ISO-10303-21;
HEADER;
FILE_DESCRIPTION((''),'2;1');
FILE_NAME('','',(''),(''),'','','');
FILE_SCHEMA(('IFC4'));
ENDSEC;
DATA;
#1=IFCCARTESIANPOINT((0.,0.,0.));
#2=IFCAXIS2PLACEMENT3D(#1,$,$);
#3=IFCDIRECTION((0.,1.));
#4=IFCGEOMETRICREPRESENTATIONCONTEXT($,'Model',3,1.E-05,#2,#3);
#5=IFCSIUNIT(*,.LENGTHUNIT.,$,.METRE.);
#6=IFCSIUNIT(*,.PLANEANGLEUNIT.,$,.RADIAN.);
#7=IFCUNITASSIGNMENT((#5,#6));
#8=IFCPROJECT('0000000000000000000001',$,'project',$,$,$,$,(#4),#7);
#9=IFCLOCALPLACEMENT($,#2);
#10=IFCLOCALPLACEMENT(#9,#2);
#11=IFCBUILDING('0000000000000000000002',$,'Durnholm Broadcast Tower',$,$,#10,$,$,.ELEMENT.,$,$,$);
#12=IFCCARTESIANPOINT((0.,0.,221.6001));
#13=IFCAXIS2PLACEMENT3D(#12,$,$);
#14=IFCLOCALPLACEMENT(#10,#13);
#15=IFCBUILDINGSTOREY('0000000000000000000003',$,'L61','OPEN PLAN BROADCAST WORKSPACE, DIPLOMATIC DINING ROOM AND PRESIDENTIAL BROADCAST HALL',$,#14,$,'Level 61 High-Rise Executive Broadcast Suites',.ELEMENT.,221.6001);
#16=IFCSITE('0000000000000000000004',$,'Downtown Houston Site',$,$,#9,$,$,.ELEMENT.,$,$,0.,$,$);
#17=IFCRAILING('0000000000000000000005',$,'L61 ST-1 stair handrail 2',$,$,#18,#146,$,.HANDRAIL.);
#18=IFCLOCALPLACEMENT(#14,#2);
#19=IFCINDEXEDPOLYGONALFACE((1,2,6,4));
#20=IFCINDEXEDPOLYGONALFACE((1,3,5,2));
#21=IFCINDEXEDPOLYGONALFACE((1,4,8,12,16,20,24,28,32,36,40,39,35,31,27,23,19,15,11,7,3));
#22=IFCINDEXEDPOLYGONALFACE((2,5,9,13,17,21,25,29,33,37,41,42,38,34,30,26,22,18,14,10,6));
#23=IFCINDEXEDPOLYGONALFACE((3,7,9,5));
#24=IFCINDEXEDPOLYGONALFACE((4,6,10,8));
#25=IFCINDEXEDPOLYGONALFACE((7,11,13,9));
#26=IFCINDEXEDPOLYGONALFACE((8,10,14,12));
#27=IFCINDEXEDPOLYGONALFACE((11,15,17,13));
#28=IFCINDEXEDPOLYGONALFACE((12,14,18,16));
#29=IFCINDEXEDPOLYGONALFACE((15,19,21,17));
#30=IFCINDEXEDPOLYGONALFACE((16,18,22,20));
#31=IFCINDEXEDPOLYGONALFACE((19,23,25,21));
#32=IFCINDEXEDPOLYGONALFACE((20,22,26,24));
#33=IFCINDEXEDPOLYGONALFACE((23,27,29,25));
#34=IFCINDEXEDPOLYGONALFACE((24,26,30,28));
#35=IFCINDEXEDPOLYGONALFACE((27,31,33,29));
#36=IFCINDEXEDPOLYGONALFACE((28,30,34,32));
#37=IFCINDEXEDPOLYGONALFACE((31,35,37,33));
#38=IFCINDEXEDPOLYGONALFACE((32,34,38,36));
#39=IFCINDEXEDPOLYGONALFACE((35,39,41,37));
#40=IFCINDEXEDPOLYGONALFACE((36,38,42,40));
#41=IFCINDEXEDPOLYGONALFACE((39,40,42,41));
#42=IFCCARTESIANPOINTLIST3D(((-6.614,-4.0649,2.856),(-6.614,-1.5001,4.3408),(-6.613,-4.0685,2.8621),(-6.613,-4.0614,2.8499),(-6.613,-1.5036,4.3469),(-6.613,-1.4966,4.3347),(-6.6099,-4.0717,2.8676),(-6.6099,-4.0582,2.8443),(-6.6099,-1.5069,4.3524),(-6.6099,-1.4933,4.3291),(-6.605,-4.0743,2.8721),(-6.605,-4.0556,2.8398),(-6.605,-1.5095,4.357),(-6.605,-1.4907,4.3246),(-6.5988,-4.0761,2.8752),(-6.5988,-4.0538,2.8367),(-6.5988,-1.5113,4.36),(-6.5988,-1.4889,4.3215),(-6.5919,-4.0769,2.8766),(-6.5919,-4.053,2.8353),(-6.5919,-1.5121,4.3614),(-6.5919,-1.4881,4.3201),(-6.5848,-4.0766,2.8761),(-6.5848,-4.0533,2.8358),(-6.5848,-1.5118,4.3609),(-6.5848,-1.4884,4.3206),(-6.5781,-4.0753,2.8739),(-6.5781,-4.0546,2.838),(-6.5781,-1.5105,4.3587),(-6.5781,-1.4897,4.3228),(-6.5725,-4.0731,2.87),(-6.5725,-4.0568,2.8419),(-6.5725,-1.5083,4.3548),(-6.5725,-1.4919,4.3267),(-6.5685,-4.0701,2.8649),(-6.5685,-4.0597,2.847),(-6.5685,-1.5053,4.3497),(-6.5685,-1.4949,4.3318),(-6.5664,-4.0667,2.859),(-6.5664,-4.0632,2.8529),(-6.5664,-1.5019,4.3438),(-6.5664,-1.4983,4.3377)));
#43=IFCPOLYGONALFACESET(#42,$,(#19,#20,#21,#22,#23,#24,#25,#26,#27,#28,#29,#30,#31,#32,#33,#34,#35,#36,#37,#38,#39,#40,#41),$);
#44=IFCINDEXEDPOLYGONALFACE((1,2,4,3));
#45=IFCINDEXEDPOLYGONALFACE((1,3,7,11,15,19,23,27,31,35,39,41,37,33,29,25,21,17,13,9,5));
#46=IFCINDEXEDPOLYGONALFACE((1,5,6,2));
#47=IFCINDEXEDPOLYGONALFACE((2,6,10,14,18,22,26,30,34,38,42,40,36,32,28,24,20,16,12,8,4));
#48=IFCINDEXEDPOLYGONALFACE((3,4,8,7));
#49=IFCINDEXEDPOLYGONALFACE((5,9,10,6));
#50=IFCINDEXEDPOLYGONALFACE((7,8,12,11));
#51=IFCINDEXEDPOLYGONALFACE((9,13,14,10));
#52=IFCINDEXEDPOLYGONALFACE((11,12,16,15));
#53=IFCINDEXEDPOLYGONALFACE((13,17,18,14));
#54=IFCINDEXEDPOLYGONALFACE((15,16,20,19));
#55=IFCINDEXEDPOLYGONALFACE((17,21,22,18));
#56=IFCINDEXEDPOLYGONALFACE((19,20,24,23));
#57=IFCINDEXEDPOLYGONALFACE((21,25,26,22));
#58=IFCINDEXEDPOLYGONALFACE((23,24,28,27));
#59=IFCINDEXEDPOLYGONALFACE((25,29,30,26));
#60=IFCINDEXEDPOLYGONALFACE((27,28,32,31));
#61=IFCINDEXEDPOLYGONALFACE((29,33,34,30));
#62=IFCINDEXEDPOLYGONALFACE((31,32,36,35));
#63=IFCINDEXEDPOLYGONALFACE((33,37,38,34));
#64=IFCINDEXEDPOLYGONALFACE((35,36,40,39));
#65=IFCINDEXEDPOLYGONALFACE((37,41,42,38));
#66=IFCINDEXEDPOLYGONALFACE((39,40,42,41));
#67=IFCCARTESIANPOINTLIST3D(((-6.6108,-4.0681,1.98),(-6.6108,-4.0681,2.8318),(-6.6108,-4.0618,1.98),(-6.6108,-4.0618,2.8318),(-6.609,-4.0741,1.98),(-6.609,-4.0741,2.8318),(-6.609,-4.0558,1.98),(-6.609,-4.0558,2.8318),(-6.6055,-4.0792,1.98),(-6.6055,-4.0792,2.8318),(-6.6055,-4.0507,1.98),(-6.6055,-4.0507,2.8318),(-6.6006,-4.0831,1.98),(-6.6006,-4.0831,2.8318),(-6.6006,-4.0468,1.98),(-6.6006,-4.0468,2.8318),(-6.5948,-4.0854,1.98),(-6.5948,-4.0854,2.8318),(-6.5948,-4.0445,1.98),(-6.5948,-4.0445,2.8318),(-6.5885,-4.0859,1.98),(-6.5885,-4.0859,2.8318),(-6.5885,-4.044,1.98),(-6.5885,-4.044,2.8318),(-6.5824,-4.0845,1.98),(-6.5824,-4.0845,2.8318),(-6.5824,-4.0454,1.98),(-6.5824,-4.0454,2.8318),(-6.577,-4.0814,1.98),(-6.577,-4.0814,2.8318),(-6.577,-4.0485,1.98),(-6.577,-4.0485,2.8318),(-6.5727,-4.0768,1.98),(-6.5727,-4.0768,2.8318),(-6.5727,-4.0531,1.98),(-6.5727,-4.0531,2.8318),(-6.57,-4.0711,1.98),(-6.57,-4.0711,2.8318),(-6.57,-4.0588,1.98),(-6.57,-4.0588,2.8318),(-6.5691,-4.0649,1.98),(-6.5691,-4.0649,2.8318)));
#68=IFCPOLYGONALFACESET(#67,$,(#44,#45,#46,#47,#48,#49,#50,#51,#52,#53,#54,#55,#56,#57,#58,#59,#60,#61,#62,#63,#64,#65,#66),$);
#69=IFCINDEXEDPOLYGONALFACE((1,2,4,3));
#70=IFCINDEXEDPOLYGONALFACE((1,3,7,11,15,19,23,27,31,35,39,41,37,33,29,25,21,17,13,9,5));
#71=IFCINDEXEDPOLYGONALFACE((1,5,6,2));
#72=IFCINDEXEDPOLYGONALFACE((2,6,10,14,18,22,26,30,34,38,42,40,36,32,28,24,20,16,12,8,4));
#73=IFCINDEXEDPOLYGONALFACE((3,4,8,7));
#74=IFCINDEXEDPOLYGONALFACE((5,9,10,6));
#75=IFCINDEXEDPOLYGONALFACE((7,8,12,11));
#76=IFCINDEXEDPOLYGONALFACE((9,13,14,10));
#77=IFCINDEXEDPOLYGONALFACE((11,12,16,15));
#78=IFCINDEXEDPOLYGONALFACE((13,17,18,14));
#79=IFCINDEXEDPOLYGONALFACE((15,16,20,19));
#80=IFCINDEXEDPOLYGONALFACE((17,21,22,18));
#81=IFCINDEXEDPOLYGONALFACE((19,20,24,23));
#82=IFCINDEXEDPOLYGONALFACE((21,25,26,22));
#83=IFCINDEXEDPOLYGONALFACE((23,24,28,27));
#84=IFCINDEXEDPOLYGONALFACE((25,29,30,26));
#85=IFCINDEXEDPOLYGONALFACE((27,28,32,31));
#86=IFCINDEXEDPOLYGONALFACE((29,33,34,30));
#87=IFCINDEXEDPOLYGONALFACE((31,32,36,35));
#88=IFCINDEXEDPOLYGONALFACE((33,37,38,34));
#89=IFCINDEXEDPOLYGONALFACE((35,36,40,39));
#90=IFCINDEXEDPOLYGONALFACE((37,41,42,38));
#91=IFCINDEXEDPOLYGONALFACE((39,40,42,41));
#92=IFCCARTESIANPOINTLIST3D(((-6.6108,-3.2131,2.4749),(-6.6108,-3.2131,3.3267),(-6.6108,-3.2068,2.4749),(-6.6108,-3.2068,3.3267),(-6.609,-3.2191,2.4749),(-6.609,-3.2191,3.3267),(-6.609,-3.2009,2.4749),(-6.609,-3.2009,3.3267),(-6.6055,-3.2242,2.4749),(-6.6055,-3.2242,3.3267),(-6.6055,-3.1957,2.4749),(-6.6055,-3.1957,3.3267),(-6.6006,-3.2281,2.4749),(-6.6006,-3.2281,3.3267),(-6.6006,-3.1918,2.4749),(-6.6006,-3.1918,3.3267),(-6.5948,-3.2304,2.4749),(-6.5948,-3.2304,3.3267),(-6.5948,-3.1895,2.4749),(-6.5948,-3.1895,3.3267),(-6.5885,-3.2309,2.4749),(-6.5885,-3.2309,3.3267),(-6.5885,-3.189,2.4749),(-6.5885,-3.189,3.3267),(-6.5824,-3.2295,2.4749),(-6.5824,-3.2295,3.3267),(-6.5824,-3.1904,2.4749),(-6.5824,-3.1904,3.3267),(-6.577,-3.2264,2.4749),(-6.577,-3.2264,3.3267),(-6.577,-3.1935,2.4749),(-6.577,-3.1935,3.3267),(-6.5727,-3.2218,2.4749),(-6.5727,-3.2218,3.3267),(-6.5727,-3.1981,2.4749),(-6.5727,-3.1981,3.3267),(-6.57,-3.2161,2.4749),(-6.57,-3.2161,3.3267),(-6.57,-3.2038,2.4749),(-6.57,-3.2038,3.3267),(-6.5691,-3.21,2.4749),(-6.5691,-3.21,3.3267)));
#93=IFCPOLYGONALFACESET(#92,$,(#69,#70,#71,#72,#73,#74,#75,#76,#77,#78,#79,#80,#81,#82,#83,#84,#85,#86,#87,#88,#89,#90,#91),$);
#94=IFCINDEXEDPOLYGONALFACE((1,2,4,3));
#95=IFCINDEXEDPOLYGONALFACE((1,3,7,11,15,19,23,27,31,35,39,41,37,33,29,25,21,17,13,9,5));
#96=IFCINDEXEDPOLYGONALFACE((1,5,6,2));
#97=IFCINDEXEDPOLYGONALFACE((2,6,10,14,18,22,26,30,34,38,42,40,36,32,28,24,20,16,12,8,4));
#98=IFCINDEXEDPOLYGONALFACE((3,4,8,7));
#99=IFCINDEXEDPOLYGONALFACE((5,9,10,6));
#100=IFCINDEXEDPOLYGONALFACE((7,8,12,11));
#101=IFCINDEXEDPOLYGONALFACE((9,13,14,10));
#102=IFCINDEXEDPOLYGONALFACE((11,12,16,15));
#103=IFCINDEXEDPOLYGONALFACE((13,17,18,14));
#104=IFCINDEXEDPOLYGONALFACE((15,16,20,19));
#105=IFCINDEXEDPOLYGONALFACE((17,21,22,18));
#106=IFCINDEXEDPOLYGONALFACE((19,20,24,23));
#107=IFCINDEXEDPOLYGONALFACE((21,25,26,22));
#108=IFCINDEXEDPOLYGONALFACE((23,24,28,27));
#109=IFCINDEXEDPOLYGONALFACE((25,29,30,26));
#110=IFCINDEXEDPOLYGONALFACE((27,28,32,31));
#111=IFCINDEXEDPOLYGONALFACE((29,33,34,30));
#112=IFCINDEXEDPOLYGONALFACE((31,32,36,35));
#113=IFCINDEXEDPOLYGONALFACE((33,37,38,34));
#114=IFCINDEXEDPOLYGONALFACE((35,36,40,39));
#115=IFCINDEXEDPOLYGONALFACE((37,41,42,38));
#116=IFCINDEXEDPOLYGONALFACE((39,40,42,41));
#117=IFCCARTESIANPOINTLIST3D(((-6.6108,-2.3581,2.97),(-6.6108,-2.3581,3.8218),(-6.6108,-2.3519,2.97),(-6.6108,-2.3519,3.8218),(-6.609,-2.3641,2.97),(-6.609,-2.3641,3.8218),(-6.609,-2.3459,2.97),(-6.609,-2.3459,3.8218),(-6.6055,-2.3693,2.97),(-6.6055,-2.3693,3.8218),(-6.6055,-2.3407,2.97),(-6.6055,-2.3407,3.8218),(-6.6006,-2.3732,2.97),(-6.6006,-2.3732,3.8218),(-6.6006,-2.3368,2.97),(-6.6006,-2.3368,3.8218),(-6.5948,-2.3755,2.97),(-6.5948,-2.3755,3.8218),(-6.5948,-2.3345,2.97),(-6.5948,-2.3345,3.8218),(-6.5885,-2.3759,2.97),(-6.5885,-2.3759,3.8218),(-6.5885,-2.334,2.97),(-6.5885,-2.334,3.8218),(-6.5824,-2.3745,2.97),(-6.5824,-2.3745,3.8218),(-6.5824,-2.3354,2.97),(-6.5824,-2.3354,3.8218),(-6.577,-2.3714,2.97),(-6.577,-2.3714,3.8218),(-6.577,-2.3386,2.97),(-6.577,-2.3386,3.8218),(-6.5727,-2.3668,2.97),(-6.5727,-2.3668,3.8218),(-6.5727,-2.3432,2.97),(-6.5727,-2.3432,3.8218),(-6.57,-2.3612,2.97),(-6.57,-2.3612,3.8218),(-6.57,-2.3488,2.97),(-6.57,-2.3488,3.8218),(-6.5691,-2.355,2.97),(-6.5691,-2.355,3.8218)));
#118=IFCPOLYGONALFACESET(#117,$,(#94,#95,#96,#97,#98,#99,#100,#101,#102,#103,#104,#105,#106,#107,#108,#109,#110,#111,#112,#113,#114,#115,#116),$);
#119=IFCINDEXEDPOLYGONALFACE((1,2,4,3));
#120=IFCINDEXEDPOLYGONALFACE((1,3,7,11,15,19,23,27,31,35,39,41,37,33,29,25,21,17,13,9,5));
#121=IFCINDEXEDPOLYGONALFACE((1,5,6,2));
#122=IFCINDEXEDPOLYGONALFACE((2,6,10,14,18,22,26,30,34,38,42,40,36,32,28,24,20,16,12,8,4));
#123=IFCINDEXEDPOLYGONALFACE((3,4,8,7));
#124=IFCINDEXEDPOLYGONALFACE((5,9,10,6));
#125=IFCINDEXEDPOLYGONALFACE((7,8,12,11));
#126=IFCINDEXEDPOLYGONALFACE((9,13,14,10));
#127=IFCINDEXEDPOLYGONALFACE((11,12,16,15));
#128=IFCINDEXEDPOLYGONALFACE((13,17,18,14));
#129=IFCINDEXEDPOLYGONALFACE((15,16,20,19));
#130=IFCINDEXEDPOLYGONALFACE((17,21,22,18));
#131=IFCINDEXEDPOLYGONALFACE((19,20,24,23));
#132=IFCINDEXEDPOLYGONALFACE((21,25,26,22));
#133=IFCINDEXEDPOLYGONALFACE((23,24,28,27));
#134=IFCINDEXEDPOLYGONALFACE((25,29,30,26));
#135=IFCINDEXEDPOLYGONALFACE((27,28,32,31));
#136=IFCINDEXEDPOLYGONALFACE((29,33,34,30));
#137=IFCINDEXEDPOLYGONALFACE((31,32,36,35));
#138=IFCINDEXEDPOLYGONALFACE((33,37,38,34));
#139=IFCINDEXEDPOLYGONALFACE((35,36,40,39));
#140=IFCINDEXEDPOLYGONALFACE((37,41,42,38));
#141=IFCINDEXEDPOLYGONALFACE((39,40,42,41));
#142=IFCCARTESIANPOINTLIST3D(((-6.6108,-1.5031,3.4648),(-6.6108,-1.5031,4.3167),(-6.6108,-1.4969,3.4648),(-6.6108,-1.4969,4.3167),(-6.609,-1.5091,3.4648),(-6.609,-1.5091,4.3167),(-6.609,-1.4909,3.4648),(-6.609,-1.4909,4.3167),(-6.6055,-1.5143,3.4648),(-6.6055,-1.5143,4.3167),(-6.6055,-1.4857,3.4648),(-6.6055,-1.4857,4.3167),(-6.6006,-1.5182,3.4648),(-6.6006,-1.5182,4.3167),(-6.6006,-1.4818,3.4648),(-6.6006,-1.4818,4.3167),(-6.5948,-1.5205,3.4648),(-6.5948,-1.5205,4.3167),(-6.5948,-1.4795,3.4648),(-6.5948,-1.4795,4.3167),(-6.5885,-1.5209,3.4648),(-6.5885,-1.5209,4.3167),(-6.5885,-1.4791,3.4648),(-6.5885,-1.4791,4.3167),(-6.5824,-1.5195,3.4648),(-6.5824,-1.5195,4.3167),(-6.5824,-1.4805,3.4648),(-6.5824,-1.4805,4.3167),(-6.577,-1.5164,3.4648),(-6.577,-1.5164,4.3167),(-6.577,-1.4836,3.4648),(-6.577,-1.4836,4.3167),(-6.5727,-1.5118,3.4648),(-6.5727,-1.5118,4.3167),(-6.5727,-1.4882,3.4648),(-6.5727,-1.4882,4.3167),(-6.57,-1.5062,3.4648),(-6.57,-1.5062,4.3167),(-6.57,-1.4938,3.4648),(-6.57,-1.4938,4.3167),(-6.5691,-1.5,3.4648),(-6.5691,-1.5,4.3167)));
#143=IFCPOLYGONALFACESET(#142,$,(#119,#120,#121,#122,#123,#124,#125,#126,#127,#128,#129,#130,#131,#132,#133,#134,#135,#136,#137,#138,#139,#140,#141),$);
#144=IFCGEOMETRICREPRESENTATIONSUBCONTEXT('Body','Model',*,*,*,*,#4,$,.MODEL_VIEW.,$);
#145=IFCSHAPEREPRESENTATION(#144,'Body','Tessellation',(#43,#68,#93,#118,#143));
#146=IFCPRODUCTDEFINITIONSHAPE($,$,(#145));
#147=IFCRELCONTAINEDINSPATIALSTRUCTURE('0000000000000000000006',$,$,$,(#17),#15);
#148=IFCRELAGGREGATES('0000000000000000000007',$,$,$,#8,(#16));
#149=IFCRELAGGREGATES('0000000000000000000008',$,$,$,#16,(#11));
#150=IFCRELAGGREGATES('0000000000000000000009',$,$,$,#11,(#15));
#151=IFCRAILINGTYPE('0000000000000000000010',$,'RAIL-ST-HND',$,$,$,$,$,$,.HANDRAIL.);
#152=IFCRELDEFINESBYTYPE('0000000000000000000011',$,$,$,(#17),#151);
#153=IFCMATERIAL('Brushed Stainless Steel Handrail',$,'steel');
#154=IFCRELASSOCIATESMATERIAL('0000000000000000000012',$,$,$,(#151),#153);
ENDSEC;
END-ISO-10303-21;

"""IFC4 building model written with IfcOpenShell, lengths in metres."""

from ifc_helpers import new_model, si_unit, direction, frame, origin, origin_2d, place, context, subcontext, project, spatial, circle, extrude, material, type_object, element, save


model = new_model("IFC4")

# Units and contexts
model_context = context("Model", 3, precision=1e-05, world=origin(), true_north=direction((0.0, 1.0)))
body_context = subcontext(model_context, "Body", "Model", "MODEL_VIEW")
ifc_project = project(units=[si_unit("LENGTHUNIT", "METRE"), si_unit("PLANEANGLEUNIT", "RADIAN")], contexts=[model_context])

# Site, building, storey
site_placement = place(None, origin())
site = spatial("IfcSite", under=ifc_project, at=site_placement, Name="Downtown Houston Site", CompositionType="ELEMENT", RefElevation=0.0)
building_placement = place(site_placement, origin())
building = spatial("IfcBuilding", under=site, at=building_placement, Name="Durnholm Broadcast Tower", CompositionType="ELEMENT")
storey_placement = place(building_placement, frame((0.0, 0.0, 221.6001)))
storey = spatial("IfcBuildingStorey", under=building, at=storey_placement, Name="L61", Description="OPEN PLAN BROADCAST WORKSPACE, DIPLOMATIC DINING ROOM AND PRESIDENTIAL BROADCAST HALL", LongName="Level 61 High-Rise Executive Broadcast Suites", CompositionType="ELEMENT", Elevation=221.6001)

# Railing
ifc_material_1 = material(Name="Brushed Stainless Steel Handrail", Category="steel")
railing_type_1 = type_object("IfcRailingType", Name="RAIL-ST-HND", PredefinedType="HANDRAIL", material=ifc_material_1)
railing_1_placement = place(storey_placement, frame((-6.5901, -4.0649, 1.98)))
element("IfcRailing", 1, at=railing_1_placement, inside=storey, type_object=railing_type_1, Name="L61 ST-1 stair handrail 2", PredefinedType="HANDRAIL", context=body_context, shape_type="SweptSolid", body=[
    extrude(circle(Radius=0.0239, at=origin_2d()), frame((0.0, 0.0, 0.876), z_axis=(0.0, 0.865441, 0.50101), x_axis=(-1.0, 0.0, 0.0)), (0.0, 0.0, 1.0), 2.9636),
    extrude(circle(Radius=0.021, at=origin_2d()), origin(), (0.0, 0.0, 1.0), 0.8518),
    extrude(circle(Radius=0.021, at=origin_2d()), frame((0.0, 0.855, 0.4949)), (0.0, 0.0, 1.0), 0.8518),
    extrude(circle(Radius=0.021, at=origin_2d()), frame((0.0, 1.71, 0.99)), (0.0, 0.0, 1.0), 0.8518),
    extrude(circle(Radius=0.021, at=origin_2d()), frame((0.0, 2.5649, 1.4849)), (0.0, 0.0, 1.0), 0.8518),
])

save(model, "model.ifc")
